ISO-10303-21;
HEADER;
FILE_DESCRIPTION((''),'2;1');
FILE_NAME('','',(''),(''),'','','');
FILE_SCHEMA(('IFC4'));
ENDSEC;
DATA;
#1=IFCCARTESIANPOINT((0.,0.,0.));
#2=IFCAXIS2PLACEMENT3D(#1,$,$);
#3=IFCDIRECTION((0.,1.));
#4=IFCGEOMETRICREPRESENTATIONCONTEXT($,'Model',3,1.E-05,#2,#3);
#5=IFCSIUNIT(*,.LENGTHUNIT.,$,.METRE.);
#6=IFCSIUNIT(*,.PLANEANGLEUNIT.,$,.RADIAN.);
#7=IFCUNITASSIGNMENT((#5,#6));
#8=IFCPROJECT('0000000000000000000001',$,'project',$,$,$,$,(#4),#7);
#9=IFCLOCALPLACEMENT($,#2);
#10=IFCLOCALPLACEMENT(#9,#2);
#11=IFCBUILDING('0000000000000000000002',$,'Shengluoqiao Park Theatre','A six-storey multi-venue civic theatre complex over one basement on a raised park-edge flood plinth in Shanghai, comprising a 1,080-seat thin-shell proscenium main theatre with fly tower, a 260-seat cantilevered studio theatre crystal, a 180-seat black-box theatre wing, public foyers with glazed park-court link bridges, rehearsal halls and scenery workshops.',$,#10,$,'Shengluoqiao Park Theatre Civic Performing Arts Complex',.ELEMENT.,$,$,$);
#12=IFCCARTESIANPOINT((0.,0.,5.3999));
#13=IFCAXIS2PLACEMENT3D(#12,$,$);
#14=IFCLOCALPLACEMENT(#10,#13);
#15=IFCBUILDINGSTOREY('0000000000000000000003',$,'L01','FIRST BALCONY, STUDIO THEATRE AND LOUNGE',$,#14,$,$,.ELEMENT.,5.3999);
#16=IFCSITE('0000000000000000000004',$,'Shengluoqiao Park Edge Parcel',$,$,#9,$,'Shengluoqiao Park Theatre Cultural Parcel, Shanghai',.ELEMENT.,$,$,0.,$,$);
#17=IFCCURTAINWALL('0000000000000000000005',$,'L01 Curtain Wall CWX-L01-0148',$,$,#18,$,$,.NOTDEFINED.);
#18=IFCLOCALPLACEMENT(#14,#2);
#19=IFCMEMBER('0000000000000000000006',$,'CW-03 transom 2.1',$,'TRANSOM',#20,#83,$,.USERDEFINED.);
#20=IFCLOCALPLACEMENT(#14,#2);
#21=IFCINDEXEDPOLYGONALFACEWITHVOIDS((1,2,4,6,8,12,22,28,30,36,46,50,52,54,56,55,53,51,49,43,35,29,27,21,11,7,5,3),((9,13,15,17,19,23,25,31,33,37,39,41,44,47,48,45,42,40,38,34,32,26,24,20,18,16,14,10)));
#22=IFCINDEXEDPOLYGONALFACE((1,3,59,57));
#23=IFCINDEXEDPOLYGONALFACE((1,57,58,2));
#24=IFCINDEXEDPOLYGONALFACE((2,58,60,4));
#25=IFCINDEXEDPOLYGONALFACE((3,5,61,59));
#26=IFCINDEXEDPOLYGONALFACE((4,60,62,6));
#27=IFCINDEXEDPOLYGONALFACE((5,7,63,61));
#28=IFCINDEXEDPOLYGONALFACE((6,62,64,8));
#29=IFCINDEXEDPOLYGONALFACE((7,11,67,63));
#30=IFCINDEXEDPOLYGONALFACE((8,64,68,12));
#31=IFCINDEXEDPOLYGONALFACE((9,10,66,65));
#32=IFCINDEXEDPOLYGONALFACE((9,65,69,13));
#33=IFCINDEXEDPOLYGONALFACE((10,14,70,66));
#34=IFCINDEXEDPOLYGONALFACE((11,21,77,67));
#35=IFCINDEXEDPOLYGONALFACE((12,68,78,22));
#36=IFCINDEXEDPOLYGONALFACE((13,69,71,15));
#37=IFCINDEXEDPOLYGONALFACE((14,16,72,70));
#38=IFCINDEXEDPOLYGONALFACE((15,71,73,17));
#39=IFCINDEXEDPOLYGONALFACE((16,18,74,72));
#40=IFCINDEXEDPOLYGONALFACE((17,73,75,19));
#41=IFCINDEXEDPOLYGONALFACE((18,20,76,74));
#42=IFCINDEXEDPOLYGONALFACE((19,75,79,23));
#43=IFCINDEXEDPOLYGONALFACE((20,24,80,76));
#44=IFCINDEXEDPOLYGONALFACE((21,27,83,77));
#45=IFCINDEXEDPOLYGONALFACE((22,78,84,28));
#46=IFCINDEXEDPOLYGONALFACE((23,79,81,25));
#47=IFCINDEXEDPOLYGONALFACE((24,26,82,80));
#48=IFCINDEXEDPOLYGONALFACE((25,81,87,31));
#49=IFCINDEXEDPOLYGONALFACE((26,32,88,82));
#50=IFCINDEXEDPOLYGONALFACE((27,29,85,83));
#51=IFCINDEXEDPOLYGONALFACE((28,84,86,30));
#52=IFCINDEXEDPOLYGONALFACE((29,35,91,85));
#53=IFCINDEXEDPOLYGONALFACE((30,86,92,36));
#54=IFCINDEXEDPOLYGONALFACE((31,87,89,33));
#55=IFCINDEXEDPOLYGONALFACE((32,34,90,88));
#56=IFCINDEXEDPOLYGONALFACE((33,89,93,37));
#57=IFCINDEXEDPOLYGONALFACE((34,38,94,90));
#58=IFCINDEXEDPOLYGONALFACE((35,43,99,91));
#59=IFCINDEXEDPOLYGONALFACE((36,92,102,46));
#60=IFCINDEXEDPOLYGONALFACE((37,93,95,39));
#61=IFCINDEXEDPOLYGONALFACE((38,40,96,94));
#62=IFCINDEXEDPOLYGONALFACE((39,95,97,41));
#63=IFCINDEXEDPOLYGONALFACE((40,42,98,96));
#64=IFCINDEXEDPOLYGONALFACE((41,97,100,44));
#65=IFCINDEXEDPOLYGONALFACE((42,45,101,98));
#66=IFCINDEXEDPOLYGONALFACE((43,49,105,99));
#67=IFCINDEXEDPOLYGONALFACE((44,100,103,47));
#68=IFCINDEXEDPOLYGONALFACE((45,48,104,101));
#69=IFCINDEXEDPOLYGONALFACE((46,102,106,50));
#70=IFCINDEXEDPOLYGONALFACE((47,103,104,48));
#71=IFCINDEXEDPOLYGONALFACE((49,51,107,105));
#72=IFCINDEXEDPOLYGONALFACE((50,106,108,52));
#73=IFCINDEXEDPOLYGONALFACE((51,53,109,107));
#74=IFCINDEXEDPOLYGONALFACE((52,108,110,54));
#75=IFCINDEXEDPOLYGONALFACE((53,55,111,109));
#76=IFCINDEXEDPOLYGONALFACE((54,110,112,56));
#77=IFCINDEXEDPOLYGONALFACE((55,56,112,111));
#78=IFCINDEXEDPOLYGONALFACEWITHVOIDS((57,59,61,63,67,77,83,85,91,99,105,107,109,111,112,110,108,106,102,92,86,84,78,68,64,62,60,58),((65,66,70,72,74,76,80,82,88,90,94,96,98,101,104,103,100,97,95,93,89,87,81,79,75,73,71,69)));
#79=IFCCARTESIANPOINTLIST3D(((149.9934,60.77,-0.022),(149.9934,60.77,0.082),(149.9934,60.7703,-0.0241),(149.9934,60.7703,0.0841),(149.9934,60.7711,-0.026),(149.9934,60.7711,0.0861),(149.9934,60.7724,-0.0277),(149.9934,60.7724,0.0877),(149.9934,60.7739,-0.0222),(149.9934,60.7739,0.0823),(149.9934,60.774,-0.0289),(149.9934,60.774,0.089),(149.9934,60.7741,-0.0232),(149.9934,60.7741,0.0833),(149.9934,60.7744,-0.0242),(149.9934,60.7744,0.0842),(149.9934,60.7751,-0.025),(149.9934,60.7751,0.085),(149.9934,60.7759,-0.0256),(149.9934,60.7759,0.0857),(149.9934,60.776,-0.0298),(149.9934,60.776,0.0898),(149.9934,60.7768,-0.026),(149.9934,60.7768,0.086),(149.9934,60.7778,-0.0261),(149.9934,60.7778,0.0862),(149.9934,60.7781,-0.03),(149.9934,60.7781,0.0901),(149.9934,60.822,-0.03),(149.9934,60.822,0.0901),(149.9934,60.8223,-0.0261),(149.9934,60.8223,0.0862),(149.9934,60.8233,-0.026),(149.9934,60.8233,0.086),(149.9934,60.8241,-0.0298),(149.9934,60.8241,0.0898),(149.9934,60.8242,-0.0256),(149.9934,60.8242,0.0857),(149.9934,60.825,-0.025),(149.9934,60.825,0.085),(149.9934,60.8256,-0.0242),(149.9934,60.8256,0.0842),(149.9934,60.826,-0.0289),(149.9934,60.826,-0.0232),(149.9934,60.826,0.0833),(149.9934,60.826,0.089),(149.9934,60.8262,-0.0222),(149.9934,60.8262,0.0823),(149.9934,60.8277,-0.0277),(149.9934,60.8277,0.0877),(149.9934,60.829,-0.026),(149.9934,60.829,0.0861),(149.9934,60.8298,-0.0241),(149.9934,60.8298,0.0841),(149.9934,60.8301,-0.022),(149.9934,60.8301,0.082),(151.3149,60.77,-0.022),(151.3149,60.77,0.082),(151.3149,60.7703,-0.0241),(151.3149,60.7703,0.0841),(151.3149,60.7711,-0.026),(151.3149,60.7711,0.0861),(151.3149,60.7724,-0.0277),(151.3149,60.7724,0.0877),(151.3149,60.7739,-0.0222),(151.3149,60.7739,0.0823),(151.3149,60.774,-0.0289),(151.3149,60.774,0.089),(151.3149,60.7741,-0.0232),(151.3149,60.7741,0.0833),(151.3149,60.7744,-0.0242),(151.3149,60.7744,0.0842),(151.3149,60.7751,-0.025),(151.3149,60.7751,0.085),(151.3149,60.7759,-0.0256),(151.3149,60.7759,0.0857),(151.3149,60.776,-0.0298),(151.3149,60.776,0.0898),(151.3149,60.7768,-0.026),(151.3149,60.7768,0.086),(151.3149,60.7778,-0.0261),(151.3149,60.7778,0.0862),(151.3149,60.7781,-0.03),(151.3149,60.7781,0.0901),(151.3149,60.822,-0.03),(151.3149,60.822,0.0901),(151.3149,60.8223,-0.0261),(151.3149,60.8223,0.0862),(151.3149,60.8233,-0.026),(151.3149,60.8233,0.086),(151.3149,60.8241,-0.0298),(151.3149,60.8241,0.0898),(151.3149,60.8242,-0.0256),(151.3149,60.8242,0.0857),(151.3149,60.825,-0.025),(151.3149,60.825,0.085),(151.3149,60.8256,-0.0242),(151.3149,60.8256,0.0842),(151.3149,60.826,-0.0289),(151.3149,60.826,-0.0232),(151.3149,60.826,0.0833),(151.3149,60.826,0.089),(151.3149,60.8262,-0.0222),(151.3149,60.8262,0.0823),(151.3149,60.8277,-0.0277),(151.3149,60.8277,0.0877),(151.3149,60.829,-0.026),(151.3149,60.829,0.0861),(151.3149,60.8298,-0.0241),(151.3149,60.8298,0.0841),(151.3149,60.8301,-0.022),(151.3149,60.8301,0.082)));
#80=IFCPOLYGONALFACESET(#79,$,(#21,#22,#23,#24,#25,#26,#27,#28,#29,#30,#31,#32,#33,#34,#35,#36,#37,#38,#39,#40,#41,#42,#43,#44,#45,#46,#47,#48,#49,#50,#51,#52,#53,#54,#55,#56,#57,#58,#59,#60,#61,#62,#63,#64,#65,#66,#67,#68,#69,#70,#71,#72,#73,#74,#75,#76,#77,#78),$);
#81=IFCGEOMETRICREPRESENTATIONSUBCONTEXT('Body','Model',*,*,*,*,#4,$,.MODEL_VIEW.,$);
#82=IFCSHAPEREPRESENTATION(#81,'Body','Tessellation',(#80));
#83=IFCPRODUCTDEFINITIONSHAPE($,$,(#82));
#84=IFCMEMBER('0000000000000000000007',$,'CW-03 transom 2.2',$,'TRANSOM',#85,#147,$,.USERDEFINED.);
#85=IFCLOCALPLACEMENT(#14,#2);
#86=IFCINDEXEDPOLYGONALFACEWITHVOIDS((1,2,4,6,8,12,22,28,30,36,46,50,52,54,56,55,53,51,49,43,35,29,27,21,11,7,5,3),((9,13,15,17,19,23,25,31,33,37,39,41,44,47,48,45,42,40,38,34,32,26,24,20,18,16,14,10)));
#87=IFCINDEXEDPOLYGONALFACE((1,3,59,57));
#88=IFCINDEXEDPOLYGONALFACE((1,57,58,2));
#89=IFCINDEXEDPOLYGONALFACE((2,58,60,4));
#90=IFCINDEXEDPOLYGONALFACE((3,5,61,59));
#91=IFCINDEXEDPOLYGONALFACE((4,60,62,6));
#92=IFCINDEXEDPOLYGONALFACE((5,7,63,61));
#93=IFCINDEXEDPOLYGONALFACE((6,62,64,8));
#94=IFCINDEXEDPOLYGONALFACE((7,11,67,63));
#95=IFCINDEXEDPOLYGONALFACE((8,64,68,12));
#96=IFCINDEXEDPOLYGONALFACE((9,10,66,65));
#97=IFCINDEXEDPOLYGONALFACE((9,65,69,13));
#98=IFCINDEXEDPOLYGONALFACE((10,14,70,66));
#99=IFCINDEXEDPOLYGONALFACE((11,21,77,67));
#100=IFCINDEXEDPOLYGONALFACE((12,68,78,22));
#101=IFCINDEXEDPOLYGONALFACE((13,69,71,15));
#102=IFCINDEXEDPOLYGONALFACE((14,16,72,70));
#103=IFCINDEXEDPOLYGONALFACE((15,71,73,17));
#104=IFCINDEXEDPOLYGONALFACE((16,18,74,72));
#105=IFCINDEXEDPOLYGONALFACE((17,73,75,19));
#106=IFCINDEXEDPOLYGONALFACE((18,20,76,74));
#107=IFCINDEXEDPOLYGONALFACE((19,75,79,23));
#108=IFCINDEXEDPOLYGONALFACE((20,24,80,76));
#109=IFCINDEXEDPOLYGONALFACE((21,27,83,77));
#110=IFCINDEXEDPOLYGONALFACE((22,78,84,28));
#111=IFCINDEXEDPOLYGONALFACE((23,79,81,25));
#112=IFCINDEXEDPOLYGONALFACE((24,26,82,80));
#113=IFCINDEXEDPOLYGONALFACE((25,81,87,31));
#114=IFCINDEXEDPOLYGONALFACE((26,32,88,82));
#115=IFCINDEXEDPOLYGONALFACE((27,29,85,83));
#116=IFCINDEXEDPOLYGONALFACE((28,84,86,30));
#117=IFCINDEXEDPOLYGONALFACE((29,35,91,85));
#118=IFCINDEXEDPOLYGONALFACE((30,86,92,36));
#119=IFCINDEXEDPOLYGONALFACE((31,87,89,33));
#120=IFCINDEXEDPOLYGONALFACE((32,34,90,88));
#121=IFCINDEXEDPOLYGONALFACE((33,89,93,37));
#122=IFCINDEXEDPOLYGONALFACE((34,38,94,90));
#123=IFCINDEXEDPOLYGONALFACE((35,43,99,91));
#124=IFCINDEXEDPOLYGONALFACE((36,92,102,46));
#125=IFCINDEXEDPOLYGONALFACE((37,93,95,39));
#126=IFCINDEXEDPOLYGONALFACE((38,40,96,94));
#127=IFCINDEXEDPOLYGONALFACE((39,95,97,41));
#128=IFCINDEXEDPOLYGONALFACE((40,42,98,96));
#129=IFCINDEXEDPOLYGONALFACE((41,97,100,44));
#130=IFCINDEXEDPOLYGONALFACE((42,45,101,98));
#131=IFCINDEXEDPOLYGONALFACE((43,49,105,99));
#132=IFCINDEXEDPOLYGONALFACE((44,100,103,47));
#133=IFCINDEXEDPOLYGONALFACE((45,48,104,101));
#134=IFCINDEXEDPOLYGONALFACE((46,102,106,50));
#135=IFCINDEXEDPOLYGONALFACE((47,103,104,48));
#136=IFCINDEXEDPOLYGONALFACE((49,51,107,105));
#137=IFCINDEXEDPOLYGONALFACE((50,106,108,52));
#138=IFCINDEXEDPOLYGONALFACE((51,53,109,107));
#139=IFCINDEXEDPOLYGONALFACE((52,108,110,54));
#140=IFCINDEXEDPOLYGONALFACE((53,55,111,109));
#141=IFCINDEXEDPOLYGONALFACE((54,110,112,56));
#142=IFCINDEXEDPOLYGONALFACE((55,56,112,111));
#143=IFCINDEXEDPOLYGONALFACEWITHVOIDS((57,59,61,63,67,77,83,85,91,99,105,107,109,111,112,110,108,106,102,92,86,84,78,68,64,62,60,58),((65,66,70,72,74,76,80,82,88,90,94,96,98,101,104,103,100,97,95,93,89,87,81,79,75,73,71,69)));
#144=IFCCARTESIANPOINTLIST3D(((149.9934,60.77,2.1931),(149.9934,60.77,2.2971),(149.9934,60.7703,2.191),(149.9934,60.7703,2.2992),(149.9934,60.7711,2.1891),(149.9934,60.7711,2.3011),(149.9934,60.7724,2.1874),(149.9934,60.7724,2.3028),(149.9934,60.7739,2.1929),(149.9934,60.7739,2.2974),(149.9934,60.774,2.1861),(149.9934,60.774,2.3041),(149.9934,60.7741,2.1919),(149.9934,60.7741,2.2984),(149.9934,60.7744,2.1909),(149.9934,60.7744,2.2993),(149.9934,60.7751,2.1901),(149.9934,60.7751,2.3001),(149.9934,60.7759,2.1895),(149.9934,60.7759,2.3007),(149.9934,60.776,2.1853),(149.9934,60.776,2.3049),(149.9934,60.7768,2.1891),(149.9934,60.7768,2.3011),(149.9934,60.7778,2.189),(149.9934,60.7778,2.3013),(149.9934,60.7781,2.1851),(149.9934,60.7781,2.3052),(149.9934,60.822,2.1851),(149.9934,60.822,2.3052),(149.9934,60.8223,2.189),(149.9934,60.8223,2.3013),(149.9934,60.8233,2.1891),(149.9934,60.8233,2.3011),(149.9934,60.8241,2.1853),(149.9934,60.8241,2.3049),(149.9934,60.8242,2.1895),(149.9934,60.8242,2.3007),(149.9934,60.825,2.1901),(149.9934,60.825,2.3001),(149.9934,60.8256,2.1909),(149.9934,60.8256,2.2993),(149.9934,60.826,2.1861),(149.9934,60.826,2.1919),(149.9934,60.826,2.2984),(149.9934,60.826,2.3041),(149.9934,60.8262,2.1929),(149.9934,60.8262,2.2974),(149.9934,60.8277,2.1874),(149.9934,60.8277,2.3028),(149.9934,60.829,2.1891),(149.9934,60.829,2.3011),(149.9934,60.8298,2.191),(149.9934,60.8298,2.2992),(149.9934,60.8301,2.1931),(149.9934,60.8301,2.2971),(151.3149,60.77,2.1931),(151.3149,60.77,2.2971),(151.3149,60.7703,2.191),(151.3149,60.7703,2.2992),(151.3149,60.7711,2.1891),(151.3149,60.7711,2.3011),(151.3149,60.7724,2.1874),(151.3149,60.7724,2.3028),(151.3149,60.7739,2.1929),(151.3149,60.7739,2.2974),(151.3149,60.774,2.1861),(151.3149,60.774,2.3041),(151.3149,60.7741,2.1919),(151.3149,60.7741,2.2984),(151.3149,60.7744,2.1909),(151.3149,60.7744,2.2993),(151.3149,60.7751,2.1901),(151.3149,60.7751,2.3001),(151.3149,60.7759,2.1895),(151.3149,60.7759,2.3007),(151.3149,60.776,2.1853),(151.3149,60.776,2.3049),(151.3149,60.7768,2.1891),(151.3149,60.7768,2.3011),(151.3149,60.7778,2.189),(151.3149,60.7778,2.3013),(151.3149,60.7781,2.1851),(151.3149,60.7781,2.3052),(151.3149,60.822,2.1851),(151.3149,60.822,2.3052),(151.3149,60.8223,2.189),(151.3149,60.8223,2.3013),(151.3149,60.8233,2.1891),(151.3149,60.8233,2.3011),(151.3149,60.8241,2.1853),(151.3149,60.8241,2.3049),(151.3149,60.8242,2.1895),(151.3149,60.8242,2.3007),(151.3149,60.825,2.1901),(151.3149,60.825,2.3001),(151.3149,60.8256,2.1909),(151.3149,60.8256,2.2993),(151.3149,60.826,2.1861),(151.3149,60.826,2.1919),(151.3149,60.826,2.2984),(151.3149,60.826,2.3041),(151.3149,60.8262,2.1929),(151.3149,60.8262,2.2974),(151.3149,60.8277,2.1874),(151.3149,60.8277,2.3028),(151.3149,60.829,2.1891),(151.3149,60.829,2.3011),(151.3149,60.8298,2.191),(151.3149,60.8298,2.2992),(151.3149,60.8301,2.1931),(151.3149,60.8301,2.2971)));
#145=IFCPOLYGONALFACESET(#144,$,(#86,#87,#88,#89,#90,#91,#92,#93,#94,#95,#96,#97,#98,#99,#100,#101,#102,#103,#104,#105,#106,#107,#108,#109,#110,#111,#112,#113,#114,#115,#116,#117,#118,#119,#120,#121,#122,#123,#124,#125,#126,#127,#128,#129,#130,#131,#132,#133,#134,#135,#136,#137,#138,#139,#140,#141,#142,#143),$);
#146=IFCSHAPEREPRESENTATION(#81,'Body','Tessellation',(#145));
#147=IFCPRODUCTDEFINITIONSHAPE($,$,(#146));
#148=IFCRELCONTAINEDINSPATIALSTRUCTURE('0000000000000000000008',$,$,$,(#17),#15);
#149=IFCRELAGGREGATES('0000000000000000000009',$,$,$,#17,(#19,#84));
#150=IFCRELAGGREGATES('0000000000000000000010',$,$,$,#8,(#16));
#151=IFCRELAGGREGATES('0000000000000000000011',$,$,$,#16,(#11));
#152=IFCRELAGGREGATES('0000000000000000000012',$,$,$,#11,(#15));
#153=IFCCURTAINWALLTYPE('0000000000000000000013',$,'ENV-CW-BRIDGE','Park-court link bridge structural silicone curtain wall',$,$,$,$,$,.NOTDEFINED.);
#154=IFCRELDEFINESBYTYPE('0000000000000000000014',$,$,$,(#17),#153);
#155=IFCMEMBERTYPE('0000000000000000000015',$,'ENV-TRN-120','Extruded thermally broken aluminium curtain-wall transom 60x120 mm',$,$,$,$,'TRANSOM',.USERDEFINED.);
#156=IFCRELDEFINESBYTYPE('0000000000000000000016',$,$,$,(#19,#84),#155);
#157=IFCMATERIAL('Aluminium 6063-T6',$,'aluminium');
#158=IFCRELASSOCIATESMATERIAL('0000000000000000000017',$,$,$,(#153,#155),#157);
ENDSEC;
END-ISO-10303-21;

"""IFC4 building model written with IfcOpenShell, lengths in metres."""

from ifc_helpers import new_model, si_unit, direction, frame, origin, origin_2d, place, context, subcontext, project, spatial, hollow_rectangle, extrude, material, material_profile, profile_set, type_object, element, aggregate, save


model = new_model("IFC4")

# Units and contexts
model_context = context("Model", 3, precision=1e-05, world=origin(), true_north=direction((0.0, 1.0)))
body_context = subcontext(model_context, "Body", "Model", "MODEL_VIEW")
ifc_project = project(units=[si_unit("LENGTHUNIT", "METRE"), si_unit("PLANEANGLEUNIT", "RADIAN")], contexts=[model_context])

# Site, building, storey
site_placement = place(None, origin())
site = spatial("IfcSite", under=ifc_project, at=site_placement, Name="Shengluoqiao Park Edge Parcel", LongName="Shengluoqiao Park Theatre Cultural Parcel, Shanghai", CompositionType="ELEMENT", RefElevation=0.0)
building_placement = place(site_placement, origin())
building = spatial("IfcBuilding", under=site, at=building_placement, Name="Shengluoqiao Park Theatre", Description="A six-storey multi-venue civic theatre complex over one basement on a raised park-edge flood plinth in Shanghai, comprising a 1,080-seat thin-shell proscenium main theatre with fly tower, a 260-seat cantilevered studio theatre crystal, a 180-seat black-box theatre wing, public foyers with glazed park-court link bridges, rehearsal halls and scenery workshops.", LongName="Shengluoqiao Park Theatre Civic Performing Arts Complex", CompositionType="ELEMENT")
storey_placement = place(building_placement, frame((0.0, 0.0, 5.3999)))
storey = spatial("IfcBuildingStorey", under=building, at=storey_placement, Name="L01", Description="FIRST BALCONY, STUDIO THEATRE AND LOUNGE", CompositionType="ELEMENT", Elevation=5.3999)

# Curtain wall, members
ifc_material_1 = material(Name="Aluminium 6063-T6", Category="aluminium")
curtain_wall_type = type_object("IfcCurtainWallType", Name="ENV-CW-BRIDGE", Description="Park-court link bridge structural silicone curtain wall", PredefinedType="NOTDEFINED", material=ifc_material_1)
curtain_wall_placement = place(storey_placement, origin())
curtain_wall = element("IfcCurtainWall", 1, at=curtain_wall_placement, inside=storey, type_object=curtain_wall_type, Name="L01 Curtain Wall CWX-L01-0148", PredefinedType="NOTDEFINED")
ifc_material_profile_1 = material_profile(ifc_material_1, hollow_rectangle(XDim=0.0601, YDim=0.1201, WallThickness=0.0039, InnerFilletRadius=0.0039, OuterFilletRadius=0.0081, at=origin_2d()), Name="ALU TRANSOM 120x60x4")
ifc_profile_set_1 = profile_set([ifc_material_profile_1], Name="Aluminium 6063-T6")
member_type_1 = type_object("IfcMemberType", Name="ENV-TRN-120", Description="Extruded thermally broken aluminium curtain-wall transom 60x120 mm", ElementType="TRANSOM", PredefinedType="USERDEFINED", material=ifc_profile_set_1)
member_1_placement = place(storey_placement, frame((149.9934, 60.8, 0.03), z_axis=(1.0, 0.0, 0.0), x_axis=(0.0, 1.0, 0.0)))
member_1 = element("IfcMember", 2, at=member_1_placement, type_object=member_type_1, Name="CW-03 transom 2.1", ObjectType="TRANSOM", PredefinedType="USERDEFINED", context=body_context, shape_type="SweptSolid", body=[
    extrude(hollow_rectangle(XDim=0.0601, YDim=0.1201, WallThickness=0.0039, InnerFilletRadius=0.0039, OuterFilletRadius=0.0081, at=origin_2d()), origin(), (0.0, 0.0, 1.0), 1.3215),
])
member_2_placement = place(storey_placement, frame((149.9934, 60.8, 2.2451), z_axis=(1.0, 0.0, 0.0), x_axis=(0.0, 1.0, 0.0)))
member_2 = element("IfcMember", 3, at=member_2_placement, type_object=member_type_1, Name="CW-03 transom 2.2", ObjectType="TRANSOM", PredefinedType="USERDEFINED", context=body_context, shape_type="SweptSolid", body=[
    extrude(hollow_rectangle(XDim=0.0601, YDim=0.1201, WallThickness=0.0039, InnerFilletRadius=0.0039, OuterFilletRadius=0.0081, at=origin_2d()), origin(), (0.0, 0.0, 1.0), 1.3215),
])

aggregate(curtain_wall, [member_1, member_2])

save(model, "model.ifc")
